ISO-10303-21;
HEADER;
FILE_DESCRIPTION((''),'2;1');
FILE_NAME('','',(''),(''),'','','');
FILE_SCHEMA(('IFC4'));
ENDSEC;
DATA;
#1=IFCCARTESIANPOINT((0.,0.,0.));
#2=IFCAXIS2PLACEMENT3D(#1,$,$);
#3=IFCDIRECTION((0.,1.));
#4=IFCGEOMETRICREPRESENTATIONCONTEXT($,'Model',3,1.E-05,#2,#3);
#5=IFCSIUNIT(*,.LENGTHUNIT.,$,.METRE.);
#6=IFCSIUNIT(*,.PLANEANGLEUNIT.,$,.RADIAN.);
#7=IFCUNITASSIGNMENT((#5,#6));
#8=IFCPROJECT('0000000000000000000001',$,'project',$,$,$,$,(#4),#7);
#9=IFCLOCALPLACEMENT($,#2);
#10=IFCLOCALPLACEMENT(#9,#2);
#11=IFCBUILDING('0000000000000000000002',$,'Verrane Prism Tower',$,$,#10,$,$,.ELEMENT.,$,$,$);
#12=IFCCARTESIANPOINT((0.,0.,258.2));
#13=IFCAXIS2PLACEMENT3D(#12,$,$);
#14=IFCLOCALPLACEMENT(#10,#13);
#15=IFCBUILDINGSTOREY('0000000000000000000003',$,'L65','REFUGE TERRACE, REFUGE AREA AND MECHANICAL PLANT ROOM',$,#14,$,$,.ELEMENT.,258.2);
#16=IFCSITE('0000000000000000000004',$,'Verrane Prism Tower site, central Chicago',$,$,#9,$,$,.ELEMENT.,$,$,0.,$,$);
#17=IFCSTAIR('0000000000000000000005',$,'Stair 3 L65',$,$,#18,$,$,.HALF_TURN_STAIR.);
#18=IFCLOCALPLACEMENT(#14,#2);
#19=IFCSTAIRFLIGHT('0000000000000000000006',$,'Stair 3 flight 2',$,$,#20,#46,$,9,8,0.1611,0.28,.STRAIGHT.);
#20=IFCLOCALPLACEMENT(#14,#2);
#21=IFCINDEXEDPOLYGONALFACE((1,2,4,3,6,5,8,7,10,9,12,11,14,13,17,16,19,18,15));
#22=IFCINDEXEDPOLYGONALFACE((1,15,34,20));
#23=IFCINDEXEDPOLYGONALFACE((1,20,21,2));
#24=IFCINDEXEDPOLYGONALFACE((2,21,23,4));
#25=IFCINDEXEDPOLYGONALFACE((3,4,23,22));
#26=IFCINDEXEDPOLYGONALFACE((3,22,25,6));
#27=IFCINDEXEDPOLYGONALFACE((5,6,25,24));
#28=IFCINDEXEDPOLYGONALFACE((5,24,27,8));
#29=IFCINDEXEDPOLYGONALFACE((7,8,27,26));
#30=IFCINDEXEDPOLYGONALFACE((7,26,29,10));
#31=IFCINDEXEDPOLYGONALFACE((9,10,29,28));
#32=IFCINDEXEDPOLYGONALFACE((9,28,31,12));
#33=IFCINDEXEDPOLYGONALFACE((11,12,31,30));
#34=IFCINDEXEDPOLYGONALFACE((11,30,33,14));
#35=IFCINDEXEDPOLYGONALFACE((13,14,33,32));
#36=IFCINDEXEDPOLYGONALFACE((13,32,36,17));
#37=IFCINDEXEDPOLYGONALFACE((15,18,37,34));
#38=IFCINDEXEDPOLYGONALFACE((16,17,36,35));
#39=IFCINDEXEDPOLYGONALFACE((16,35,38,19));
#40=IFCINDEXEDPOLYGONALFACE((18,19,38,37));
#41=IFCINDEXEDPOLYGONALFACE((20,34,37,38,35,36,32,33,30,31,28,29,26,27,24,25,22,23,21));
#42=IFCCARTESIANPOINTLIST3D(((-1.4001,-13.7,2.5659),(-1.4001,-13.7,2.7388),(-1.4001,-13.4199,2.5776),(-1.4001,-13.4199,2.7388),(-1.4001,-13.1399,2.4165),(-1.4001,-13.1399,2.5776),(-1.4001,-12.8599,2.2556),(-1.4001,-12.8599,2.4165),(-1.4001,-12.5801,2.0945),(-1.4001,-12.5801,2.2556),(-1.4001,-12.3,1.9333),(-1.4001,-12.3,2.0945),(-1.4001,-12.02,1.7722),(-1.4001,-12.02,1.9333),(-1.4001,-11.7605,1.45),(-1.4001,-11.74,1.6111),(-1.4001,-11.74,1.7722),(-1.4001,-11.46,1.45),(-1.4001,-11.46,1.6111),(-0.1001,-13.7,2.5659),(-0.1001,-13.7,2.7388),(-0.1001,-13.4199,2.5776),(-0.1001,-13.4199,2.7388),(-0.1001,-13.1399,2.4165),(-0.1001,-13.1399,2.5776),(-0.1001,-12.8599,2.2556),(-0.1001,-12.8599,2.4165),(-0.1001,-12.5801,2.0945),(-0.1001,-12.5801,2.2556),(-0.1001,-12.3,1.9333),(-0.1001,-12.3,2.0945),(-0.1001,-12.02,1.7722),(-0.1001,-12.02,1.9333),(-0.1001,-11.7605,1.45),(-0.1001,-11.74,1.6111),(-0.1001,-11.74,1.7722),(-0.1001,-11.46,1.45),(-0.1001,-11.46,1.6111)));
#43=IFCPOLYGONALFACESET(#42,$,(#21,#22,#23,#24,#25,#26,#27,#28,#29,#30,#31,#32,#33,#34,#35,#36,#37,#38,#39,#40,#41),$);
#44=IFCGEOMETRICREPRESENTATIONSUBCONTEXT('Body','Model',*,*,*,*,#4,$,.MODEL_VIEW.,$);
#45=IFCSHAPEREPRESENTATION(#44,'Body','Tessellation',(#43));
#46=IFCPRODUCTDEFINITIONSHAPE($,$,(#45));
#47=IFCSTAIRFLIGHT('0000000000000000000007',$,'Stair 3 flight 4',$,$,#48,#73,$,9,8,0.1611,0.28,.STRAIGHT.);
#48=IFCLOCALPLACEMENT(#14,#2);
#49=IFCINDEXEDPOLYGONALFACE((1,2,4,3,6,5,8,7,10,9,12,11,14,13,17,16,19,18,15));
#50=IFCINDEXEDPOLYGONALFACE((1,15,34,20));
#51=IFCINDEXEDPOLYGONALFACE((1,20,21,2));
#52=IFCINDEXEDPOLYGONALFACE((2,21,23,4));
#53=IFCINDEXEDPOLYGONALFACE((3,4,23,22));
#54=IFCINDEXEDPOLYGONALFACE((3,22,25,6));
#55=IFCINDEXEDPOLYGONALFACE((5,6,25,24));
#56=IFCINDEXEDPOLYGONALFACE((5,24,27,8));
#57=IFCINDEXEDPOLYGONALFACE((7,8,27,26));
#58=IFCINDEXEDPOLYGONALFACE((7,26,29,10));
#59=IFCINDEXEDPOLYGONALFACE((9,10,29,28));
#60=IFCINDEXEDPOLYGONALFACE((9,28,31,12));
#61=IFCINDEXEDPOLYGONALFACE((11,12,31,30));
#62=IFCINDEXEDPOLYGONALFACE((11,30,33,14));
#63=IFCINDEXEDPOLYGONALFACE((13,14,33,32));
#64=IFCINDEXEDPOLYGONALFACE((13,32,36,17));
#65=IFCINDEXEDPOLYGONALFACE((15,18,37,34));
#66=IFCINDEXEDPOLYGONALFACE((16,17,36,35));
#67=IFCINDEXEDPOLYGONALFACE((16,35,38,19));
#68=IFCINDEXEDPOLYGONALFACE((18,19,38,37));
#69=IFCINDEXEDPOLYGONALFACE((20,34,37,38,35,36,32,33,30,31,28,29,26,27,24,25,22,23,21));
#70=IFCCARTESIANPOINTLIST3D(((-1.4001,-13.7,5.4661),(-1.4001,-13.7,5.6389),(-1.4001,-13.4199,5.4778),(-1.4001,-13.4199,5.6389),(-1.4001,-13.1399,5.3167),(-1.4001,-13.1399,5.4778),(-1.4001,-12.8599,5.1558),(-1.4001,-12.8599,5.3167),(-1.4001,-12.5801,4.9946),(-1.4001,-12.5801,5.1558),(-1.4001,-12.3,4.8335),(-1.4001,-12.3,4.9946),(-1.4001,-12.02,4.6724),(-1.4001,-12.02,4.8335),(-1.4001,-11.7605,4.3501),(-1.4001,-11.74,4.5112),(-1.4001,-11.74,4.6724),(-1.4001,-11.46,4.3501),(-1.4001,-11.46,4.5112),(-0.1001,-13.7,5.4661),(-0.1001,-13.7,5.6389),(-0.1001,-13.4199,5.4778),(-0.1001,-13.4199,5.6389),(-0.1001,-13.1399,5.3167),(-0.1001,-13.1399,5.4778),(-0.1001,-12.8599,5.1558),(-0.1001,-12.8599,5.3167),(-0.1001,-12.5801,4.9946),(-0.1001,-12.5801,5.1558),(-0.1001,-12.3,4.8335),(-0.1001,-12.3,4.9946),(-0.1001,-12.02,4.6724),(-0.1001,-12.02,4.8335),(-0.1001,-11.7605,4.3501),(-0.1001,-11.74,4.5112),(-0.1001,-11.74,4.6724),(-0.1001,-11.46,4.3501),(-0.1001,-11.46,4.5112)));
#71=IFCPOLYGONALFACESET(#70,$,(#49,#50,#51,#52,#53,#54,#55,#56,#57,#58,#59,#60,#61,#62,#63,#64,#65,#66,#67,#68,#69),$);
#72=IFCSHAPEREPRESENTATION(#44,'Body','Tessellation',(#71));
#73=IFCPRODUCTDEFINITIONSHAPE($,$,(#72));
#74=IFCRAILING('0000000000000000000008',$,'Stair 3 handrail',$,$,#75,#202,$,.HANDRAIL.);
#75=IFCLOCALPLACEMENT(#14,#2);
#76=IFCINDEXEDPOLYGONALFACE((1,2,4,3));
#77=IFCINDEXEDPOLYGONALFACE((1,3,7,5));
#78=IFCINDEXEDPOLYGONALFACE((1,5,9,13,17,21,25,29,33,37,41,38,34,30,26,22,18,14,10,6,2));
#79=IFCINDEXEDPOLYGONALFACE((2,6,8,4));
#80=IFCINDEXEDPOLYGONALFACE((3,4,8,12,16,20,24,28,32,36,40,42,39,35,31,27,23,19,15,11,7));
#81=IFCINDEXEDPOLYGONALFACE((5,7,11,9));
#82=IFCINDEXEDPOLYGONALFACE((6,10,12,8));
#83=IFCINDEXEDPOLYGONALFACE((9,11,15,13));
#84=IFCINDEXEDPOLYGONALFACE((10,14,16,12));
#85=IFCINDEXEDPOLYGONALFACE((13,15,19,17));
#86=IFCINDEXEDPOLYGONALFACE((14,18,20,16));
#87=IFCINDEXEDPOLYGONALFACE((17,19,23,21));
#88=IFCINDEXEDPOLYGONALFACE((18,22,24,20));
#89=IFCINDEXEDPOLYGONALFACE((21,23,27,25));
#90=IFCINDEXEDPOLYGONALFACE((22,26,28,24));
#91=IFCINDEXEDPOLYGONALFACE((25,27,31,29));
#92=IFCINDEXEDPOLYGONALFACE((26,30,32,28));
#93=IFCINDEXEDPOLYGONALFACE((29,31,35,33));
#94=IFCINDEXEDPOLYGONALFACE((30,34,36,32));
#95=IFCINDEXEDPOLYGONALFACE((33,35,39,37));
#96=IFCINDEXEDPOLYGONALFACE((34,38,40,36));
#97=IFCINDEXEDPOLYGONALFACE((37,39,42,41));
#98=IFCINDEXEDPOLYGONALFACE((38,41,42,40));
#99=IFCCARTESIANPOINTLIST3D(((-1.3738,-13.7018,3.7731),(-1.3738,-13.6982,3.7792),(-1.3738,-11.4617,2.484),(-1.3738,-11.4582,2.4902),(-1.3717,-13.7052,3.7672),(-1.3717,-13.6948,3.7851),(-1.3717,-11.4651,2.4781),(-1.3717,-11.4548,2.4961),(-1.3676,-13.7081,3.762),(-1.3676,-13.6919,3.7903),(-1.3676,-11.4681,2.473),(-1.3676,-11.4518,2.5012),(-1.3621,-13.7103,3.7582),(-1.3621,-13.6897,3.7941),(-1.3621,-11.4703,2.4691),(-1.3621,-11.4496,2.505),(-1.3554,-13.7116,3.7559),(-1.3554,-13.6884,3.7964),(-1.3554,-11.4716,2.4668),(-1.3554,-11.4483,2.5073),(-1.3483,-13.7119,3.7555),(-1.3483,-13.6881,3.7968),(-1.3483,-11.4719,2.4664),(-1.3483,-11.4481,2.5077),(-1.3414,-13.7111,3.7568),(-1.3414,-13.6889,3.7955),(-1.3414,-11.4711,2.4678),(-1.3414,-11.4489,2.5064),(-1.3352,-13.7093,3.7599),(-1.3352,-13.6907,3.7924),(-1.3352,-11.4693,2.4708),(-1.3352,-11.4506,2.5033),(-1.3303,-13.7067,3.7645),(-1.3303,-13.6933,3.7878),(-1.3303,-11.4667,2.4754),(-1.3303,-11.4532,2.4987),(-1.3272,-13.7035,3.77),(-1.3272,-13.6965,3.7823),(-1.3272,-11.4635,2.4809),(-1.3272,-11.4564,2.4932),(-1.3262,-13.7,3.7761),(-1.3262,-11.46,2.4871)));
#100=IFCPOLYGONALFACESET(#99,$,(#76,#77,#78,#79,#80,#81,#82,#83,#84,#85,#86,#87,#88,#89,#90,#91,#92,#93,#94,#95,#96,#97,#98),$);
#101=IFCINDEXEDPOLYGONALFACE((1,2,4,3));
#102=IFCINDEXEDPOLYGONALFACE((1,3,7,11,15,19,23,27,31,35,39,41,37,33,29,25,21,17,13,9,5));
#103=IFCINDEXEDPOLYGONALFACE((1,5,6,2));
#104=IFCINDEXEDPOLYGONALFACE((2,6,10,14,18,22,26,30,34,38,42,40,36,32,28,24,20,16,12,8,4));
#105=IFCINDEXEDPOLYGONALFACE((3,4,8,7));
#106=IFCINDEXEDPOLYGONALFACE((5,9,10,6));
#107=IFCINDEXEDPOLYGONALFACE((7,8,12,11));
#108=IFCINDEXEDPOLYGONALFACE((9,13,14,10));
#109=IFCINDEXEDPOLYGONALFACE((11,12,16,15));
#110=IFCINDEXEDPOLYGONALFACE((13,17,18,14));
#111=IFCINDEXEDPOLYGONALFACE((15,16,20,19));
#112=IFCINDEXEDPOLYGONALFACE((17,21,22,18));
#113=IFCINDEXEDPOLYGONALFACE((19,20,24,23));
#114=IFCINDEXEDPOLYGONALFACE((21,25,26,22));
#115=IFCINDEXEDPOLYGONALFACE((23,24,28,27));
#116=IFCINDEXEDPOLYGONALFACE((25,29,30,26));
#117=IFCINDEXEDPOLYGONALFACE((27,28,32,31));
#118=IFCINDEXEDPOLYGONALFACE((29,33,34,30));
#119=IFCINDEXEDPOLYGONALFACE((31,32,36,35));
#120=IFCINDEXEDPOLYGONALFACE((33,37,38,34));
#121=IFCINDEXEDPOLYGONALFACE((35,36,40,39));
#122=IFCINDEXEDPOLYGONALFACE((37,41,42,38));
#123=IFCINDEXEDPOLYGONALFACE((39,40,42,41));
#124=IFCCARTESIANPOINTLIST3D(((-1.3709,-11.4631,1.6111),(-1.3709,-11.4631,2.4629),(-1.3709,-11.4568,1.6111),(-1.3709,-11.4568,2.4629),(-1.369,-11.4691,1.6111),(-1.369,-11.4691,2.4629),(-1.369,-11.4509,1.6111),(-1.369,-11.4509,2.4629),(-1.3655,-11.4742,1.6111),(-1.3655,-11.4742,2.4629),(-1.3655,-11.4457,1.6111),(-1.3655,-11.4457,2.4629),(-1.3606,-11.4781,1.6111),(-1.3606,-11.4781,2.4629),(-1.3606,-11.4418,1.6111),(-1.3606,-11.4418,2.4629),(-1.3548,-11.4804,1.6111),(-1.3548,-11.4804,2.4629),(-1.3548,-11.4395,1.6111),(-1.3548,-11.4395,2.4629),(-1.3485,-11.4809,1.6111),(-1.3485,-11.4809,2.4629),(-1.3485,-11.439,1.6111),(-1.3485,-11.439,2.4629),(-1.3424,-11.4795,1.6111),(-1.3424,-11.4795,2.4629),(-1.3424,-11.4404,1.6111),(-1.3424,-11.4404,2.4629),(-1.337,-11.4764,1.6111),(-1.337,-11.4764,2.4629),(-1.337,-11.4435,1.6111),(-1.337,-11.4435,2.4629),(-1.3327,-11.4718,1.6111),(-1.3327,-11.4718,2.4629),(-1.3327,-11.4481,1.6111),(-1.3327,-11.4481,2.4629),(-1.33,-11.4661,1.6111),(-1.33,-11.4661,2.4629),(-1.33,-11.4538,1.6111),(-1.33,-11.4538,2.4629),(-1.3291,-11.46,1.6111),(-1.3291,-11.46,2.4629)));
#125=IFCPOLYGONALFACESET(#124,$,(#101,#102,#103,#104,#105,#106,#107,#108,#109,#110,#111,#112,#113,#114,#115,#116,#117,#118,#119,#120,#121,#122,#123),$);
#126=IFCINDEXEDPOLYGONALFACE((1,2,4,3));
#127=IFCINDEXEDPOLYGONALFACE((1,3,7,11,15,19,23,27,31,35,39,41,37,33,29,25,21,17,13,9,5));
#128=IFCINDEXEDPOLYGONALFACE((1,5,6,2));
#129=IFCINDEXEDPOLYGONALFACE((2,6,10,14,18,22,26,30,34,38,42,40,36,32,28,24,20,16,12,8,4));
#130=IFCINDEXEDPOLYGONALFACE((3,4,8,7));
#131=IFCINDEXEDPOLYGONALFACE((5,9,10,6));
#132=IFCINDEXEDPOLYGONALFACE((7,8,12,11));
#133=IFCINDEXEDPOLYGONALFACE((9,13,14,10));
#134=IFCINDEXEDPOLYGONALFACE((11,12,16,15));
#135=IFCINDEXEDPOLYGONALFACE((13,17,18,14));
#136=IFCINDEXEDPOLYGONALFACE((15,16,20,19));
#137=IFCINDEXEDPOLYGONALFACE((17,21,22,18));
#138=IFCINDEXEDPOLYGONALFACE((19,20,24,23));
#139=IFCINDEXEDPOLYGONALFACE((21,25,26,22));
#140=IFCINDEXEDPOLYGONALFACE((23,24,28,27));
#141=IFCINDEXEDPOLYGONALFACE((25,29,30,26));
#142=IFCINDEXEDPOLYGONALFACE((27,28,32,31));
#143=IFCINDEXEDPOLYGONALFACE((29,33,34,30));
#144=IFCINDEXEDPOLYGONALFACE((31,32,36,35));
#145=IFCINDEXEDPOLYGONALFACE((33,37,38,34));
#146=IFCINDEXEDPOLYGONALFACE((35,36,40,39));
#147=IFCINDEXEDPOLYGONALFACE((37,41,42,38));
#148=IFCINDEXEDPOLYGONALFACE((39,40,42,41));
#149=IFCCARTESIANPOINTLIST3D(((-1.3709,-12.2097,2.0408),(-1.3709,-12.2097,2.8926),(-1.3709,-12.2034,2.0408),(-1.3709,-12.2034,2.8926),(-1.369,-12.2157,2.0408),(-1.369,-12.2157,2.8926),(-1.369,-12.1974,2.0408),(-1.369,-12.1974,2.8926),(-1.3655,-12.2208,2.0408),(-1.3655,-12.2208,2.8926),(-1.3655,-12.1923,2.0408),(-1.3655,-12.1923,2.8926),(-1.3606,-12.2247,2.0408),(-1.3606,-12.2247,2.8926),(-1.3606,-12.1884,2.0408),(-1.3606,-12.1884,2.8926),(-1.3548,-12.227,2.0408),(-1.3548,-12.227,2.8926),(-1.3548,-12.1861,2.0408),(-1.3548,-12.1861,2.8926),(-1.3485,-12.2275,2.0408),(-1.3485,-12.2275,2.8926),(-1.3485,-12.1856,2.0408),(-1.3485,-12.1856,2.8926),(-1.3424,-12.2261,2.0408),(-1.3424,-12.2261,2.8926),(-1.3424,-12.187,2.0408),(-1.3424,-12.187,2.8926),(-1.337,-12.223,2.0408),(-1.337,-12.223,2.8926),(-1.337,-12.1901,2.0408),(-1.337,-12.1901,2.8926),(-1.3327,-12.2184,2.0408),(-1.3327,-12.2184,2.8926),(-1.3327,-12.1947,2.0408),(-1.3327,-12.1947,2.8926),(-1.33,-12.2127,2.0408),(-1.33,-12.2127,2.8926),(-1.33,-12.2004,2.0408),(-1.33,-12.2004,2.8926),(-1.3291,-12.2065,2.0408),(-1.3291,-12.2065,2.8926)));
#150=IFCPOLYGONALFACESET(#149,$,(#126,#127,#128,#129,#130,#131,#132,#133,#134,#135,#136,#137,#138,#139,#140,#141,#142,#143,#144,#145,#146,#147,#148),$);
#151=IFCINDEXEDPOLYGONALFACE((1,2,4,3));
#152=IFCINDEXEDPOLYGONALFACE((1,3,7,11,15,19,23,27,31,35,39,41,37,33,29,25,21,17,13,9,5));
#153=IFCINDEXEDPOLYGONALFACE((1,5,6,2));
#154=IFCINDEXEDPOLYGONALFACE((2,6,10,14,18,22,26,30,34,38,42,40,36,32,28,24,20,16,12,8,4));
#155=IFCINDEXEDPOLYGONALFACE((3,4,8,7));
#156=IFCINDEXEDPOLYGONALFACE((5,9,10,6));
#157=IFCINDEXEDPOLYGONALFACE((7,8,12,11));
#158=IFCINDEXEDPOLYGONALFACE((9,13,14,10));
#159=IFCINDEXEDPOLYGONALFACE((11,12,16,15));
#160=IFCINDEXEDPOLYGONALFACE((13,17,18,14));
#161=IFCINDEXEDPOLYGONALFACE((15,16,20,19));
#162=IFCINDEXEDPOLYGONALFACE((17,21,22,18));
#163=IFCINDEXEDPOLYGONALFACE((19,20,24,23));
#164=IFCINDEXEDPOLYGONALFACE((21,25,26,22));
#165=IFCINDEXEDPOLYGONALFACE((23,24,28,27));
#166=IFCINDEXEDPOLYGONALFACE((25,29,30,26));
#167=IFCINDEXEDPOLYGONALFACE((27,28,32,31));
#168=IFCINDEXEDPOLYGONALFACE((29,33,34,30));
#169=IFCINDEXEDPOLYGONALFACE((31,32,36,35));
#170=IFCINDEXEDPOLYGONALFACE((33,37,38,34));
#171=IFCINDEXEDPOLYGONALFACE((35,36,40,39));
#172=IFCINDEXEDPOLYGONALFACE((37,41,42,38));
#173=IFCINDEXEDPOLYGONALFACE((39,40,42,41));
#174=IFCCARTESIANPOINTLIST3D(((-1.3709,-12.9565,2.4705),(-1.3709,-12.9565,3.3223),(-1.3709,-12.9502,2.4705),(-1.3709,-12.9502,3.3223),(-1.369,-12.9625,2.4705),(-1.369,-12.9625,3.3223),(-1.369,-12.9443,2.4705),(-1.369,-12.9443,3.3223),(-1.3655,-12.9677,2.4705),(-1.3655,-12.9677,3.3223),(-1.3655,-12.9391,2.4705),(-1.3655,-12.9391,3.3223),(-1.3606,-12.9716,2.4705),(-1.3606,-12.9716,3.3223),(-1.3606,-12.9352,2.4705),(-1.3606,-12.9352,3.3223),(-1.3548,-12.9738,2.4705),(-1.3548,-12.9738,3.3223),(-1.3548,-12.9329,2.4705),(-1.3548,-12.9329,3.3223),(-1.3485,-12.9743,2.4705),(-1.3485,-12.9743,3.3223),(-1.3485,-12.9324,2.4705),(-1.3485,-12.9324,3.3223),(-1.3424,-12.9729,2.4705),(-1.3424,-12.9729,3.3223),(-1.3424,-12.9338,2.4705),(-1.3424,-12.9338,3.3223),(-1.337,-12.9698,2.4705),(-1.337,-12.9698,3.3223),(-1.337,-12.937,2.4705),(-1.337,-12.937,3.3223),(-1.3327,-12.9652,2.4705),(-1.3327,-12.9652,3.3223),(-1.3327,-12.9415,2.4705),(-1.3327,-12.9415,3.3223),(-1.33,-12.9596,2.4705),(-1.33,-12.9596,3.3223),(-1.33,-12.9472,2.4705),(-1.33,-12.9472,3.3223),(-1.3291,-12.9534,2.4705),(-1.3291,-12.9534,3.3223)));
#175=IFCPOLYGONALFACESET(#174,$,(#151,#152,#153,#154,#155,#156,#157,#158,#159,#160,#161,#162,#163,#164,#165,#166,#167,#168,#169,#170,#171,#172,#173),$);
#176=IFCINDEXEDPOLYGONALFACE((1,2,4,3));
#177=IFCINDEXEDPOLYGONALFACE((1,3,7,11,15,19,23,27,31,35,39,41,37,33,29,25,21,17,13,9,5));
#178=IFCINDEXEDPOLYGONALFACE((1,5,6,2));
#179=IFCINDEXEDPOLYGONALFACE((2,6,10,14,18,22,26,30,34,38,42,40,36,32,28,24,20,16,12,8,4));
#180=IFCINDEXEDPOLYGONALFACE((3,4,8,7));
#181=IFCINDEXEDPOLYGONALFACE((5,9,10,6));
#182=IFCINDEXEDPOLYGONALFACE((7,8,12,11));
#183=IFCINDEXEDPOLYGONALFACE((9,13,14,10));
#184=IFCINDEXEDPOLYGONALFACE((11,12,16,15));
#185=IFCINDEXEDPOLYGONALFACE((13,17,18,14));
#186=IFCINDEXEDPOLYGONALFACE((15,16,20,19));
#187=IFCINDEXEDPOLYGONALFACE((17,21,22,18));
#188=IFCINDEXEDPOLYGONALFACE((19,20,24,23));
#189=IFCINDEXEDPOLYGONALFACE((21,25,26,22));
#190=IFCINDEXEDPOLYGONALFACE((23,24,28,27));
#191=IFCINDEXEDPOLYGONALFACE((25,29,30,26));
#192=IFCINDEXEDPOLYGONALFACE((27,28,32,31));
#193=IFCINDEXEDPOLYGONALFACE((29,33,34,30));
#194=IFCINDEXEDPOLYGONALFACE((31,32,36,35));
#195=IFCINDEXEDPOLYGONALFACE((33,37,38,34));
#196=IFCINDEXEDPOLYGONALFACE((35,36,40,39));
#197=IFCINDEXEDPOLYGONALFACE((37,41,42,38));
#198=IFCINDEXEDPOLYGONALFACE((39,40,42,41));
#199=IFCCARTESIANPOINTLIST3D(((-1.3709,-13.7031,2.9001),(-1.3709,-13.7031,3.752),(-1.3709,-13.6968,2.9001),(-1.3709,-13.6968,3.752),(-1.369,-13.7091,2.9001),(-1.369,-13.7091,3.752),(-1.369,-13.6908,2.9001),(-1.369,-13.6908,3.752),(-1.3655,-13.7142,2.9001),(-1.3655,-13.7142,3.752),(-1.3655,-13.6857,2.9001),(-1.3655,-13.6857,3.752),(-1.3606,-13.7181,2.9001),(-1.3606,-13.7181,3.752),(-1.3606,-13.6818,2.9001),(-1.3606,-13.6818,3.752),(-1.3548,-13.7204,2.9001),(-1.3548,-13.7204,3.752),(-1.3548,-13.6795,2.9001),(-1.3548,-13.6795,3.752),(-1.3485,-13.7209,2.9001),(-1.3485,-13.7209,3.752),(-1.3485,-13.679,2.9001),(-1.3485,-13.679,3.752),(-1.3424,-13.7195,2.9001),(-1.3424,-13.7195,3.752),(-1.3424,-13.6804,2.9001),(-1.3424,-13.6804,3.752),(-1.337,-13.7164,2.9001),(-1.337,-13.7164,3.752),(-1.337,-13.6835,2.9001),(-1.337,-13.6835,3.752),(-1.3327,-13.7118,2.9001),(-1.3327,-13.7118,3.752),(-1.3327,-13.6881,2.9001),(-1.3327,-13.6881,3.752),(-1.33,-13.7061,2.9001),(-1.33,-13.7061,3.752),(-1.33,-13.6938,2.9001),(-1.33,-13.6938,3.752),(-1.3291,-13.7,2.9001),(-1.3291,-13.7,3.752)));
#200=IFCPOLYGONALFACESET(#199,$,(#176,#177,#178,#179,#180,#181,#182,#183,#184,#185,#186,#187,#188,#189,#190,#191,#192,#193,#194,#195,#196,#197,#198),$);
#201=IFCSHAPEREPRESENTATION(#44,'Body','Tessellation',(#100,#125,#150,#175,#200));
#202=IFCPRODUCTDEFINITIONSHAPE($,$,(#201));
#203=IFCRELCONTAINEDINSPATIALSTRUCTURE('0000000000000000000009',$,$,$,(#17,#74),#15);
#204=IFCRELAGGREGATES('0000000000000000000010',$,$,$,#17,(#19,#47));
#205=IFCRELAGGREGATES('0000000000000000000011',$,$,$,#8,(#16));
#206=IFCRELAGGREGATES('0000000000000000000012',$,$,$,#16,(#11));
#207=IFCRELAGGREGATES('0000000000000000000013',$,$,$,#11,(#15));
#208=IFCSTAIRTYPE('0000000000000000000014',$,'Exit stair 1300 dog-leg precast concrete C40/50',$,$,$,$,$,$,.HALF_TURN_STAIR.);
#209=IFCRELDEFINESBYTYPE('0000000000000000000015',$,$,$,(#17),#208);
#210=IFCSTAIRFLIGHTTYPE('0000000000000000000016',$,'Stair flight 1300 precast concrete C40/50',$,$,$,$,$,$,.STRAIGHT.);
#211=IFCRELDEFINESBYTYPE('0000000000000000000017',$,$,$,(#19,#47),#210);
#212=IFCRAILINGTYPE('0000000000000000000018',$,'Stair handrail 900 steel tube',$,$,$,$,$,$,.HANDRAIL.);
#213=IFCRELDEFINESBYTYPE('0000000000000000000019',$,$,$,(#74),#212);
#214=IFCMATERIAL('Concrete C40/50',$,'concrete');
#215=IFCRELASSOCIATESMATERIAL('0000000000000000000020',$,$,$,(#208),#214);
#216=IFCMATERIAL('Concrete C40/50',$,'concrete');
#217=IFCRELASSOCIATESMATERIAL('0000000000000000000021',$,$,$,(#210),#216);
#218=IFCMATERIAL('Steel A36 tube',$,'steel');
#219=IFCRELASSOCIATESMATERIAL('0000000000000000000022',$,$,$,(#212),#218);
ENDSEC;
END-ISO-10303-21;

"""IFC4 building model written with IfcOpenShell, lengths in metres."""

from ifc_helpers import new_model, si_unit, direction, frame, origin, origin_2d, place, context, subcontext, project, spatial, polyline, circle, outline, extrude, material, type_object, element, aggregate, save


model = new_model("IFC4")

# Units and contexts
model_context = context("Model", 3, precision=1e-05, world=origin(), true_north=direction((0.0, 1.0)))
body_context = subcontext(model_context, "Body", "Model", "MODEL_VIEW")
ifc_project = project(units=[si_unit("LENGTHUNIT", "METRE"), si_unit("PLANEANGLEUNIT", "RADIAN")], contexts=[model_context])

# Site, building, storey
site_placement = place(None, origin())
site = spatial("IfcSite", under=ifc_project, at=site_placement, Name="Verrane Prism Tower site, central Chicago", CompositionType="ELEMENT", RefElevation=0.0)
building_placement = place(site_placement, origin())
building = spatial("IfcBuilding", under=site, at=building_placement, Name="Verrane Prism Tower", CompositionType="ELEMENT")
storey_placement = place(building_placement, frame((0.0, 0.0, 258.2)))
storey = spatial("IfcBuildingStorey", under=building, at=storey_placement, Name="L65", Description="REFUGE TERRACE, REFUGE AREA AND MECHANICAL PLANT ROOM", CompositionType="ELEMENT", Elevation=258.2)

# Stair, stair flights
ifc_material_1 = material(Name="Concrete C40/50", Category="concrete")
stair_type = type_object("IfcStairType", Name="Exit stair 1300 dog-leg precast concrete C40/50", PredefinedType="HALF_TURN_STAIR", material=ifc_material_1)
stair_placement = place(storey_placement, origin())
stair = element("IfcStair", 1, at=stair_placement, inside=storey, type_object=stair_type, Name="Stair 3 L65", PredefinedType="HALF_TURN_STAIR")
ifc_material_2 = material(Name="Concrete C40/50", Category="concrete")
stair_flight_type = type_object("IfcStairFlightType", Name="Stair flight 1300 precast concrete C40/50", PredefinedType="STRAIGHT", material=ifc_material_2)
stair_flight_1_placement = place(storey_placement, frame((-0.75, -11.46, 1.45), z_axis=(0.0, 0.0, 1.0), x_axis=(0.0, -1.0, 0.0)))
stair_flight_1 = element("IfcStairFlight", 2, at=stair_flight_1_placement, type_object=stair_flight_type, Name="Stair 3 flight 2", NumberOfRisers=9, NumberOfTreads=8, PredefinedType="STRAIGHT", RiserHeight=0.1611, TreadLength=0.28, context=body_context, shape_type="SweptSolid", body=[
    extrude(outline(polyline([(0.0, 0.0), (0.0, 0.1611), (0.28, 0.1611), (0.28, 0.3223), (0.5601, 0.3223), (0.5601, 0.4834), (0.8401, 0.4834), (0.8401, 0.6445), (1.1201, 0.6445), (1.1201, 0.8057), (1.3999, 0.8057), (1.3999, 0.9666), (1.6799, 0.9666), (1.6799, 1.1277), (1.96, 1.1277), (1.96, 1.2888), (2.24, 1.2888), (2.24, 1.45), (2.24, 1.116), (0.3005, 0.0), (0.0, 0.0)])), frame((0.0, 0.6499, 0.0), z_axis=(0.0, -1.0, 0.0), x_axis=(1.0, 0.0, 0.0)), (0.0, 0.0, 1.0), 1.3),
])
stair_flight_2_placement = place(storey_placement, frame((-0.75, -11.46, 4.3501), z_axis=(0.0, 0.0, 1.0), x_axis=(0.0, -1.0, 0.0)))
stair_flight_2 = element("IfcStairFlight", 3, at=stair_flight_2_placement, type_object=stair_flight_type, Name="Stair 3 flight 4", NumberOfRisers=9, NumberOfTreads=8, PredefinedType="STRAIGHT", RiserHeight=0.1611, TreadLength=0.28, context=body_context, shape_type="SweptSolid", body=[
    extrude(outline(polyline([(0.0, 0.0), (0.0, 0.1611), (0.28, 0.1611), (0.28, 0.3223), (0.5601, 0.3223), (0.5601, 0.4834), (0.8401, 0.4834), (0.8401, 0.6445), (1.1201, 0.6445), (1.1201, 0.8057), (1.3999, 0.8057), (1.3999, 0.9666), (1.6799, 0.9666), (1.6799, 1.1277), (1.96, 1.1277), (1.96, 1.2888), (2.24, 1.2888), (2.24, 1.45), (2.24, 1.116), (0.3005, 0.0), (0.0, 0.0)])), frame((0.0, 0.6499, 0.0), z_axis=(0.0, -1.0, 0.0), x_axis=(1.0, 0.0, 0.0)), (0.0, 0.0, 1.0), 1.3),
])
aggregate(stair, [stair_flight_1, stair_flight_2])

# Railing
ifc_material_3 = material(Name="Steel A36 tube", Category="steel")
railing_type = type_object("IfcRailingType", Name="Stair handrail 900 steel tube", PredefinedType="HANDRAIL", material=ifc_material_3)
railing_1_placement = place(storey_placement, frame((-1.3501, -11.46, 1.6111)))
element("IfcRailing", 4, at=railing_1_placement, inside=storey, type_object=railing_type, Name="Stair 3 handrail", PredefinedType="HANDRAIL", context=body_context, shape_type="SweptSolid", body=[
    extrude(circle(Radius=0.0239, at=origin_2d()), frame((0.0, 0.0, 0.876), z_axis=(0.0, -0.866728, 0.498782), x_axis=(1.0, 0.0, 0.0)), (0.0, 0.0, 1.0), 2.5845),
    extrude(circle(Radius=0.021, at=origin_2d()), origin(), (0.0, 0.0, 1.0), 0.8518),
    extrude(circle(Radius=0.021, at=origin_2d()), frame((0.0, -0.7466, 0.4297)), (0.0, 0.0, 1.0), 0.8518),
    extrude(circle(Radius=0.021, at=origin_2d()), frame((0.0, -1.4934, 0.8594)), (0.0, 0.0, 1.0), 0.8518),
    extrude(circle(Radius=0.021, at=origin_2d()), frame((0.0, -2.24, 1.2891)), (0.0, 0.0, 1.0), 0.8518),
])

save(model, "model.ifc")
